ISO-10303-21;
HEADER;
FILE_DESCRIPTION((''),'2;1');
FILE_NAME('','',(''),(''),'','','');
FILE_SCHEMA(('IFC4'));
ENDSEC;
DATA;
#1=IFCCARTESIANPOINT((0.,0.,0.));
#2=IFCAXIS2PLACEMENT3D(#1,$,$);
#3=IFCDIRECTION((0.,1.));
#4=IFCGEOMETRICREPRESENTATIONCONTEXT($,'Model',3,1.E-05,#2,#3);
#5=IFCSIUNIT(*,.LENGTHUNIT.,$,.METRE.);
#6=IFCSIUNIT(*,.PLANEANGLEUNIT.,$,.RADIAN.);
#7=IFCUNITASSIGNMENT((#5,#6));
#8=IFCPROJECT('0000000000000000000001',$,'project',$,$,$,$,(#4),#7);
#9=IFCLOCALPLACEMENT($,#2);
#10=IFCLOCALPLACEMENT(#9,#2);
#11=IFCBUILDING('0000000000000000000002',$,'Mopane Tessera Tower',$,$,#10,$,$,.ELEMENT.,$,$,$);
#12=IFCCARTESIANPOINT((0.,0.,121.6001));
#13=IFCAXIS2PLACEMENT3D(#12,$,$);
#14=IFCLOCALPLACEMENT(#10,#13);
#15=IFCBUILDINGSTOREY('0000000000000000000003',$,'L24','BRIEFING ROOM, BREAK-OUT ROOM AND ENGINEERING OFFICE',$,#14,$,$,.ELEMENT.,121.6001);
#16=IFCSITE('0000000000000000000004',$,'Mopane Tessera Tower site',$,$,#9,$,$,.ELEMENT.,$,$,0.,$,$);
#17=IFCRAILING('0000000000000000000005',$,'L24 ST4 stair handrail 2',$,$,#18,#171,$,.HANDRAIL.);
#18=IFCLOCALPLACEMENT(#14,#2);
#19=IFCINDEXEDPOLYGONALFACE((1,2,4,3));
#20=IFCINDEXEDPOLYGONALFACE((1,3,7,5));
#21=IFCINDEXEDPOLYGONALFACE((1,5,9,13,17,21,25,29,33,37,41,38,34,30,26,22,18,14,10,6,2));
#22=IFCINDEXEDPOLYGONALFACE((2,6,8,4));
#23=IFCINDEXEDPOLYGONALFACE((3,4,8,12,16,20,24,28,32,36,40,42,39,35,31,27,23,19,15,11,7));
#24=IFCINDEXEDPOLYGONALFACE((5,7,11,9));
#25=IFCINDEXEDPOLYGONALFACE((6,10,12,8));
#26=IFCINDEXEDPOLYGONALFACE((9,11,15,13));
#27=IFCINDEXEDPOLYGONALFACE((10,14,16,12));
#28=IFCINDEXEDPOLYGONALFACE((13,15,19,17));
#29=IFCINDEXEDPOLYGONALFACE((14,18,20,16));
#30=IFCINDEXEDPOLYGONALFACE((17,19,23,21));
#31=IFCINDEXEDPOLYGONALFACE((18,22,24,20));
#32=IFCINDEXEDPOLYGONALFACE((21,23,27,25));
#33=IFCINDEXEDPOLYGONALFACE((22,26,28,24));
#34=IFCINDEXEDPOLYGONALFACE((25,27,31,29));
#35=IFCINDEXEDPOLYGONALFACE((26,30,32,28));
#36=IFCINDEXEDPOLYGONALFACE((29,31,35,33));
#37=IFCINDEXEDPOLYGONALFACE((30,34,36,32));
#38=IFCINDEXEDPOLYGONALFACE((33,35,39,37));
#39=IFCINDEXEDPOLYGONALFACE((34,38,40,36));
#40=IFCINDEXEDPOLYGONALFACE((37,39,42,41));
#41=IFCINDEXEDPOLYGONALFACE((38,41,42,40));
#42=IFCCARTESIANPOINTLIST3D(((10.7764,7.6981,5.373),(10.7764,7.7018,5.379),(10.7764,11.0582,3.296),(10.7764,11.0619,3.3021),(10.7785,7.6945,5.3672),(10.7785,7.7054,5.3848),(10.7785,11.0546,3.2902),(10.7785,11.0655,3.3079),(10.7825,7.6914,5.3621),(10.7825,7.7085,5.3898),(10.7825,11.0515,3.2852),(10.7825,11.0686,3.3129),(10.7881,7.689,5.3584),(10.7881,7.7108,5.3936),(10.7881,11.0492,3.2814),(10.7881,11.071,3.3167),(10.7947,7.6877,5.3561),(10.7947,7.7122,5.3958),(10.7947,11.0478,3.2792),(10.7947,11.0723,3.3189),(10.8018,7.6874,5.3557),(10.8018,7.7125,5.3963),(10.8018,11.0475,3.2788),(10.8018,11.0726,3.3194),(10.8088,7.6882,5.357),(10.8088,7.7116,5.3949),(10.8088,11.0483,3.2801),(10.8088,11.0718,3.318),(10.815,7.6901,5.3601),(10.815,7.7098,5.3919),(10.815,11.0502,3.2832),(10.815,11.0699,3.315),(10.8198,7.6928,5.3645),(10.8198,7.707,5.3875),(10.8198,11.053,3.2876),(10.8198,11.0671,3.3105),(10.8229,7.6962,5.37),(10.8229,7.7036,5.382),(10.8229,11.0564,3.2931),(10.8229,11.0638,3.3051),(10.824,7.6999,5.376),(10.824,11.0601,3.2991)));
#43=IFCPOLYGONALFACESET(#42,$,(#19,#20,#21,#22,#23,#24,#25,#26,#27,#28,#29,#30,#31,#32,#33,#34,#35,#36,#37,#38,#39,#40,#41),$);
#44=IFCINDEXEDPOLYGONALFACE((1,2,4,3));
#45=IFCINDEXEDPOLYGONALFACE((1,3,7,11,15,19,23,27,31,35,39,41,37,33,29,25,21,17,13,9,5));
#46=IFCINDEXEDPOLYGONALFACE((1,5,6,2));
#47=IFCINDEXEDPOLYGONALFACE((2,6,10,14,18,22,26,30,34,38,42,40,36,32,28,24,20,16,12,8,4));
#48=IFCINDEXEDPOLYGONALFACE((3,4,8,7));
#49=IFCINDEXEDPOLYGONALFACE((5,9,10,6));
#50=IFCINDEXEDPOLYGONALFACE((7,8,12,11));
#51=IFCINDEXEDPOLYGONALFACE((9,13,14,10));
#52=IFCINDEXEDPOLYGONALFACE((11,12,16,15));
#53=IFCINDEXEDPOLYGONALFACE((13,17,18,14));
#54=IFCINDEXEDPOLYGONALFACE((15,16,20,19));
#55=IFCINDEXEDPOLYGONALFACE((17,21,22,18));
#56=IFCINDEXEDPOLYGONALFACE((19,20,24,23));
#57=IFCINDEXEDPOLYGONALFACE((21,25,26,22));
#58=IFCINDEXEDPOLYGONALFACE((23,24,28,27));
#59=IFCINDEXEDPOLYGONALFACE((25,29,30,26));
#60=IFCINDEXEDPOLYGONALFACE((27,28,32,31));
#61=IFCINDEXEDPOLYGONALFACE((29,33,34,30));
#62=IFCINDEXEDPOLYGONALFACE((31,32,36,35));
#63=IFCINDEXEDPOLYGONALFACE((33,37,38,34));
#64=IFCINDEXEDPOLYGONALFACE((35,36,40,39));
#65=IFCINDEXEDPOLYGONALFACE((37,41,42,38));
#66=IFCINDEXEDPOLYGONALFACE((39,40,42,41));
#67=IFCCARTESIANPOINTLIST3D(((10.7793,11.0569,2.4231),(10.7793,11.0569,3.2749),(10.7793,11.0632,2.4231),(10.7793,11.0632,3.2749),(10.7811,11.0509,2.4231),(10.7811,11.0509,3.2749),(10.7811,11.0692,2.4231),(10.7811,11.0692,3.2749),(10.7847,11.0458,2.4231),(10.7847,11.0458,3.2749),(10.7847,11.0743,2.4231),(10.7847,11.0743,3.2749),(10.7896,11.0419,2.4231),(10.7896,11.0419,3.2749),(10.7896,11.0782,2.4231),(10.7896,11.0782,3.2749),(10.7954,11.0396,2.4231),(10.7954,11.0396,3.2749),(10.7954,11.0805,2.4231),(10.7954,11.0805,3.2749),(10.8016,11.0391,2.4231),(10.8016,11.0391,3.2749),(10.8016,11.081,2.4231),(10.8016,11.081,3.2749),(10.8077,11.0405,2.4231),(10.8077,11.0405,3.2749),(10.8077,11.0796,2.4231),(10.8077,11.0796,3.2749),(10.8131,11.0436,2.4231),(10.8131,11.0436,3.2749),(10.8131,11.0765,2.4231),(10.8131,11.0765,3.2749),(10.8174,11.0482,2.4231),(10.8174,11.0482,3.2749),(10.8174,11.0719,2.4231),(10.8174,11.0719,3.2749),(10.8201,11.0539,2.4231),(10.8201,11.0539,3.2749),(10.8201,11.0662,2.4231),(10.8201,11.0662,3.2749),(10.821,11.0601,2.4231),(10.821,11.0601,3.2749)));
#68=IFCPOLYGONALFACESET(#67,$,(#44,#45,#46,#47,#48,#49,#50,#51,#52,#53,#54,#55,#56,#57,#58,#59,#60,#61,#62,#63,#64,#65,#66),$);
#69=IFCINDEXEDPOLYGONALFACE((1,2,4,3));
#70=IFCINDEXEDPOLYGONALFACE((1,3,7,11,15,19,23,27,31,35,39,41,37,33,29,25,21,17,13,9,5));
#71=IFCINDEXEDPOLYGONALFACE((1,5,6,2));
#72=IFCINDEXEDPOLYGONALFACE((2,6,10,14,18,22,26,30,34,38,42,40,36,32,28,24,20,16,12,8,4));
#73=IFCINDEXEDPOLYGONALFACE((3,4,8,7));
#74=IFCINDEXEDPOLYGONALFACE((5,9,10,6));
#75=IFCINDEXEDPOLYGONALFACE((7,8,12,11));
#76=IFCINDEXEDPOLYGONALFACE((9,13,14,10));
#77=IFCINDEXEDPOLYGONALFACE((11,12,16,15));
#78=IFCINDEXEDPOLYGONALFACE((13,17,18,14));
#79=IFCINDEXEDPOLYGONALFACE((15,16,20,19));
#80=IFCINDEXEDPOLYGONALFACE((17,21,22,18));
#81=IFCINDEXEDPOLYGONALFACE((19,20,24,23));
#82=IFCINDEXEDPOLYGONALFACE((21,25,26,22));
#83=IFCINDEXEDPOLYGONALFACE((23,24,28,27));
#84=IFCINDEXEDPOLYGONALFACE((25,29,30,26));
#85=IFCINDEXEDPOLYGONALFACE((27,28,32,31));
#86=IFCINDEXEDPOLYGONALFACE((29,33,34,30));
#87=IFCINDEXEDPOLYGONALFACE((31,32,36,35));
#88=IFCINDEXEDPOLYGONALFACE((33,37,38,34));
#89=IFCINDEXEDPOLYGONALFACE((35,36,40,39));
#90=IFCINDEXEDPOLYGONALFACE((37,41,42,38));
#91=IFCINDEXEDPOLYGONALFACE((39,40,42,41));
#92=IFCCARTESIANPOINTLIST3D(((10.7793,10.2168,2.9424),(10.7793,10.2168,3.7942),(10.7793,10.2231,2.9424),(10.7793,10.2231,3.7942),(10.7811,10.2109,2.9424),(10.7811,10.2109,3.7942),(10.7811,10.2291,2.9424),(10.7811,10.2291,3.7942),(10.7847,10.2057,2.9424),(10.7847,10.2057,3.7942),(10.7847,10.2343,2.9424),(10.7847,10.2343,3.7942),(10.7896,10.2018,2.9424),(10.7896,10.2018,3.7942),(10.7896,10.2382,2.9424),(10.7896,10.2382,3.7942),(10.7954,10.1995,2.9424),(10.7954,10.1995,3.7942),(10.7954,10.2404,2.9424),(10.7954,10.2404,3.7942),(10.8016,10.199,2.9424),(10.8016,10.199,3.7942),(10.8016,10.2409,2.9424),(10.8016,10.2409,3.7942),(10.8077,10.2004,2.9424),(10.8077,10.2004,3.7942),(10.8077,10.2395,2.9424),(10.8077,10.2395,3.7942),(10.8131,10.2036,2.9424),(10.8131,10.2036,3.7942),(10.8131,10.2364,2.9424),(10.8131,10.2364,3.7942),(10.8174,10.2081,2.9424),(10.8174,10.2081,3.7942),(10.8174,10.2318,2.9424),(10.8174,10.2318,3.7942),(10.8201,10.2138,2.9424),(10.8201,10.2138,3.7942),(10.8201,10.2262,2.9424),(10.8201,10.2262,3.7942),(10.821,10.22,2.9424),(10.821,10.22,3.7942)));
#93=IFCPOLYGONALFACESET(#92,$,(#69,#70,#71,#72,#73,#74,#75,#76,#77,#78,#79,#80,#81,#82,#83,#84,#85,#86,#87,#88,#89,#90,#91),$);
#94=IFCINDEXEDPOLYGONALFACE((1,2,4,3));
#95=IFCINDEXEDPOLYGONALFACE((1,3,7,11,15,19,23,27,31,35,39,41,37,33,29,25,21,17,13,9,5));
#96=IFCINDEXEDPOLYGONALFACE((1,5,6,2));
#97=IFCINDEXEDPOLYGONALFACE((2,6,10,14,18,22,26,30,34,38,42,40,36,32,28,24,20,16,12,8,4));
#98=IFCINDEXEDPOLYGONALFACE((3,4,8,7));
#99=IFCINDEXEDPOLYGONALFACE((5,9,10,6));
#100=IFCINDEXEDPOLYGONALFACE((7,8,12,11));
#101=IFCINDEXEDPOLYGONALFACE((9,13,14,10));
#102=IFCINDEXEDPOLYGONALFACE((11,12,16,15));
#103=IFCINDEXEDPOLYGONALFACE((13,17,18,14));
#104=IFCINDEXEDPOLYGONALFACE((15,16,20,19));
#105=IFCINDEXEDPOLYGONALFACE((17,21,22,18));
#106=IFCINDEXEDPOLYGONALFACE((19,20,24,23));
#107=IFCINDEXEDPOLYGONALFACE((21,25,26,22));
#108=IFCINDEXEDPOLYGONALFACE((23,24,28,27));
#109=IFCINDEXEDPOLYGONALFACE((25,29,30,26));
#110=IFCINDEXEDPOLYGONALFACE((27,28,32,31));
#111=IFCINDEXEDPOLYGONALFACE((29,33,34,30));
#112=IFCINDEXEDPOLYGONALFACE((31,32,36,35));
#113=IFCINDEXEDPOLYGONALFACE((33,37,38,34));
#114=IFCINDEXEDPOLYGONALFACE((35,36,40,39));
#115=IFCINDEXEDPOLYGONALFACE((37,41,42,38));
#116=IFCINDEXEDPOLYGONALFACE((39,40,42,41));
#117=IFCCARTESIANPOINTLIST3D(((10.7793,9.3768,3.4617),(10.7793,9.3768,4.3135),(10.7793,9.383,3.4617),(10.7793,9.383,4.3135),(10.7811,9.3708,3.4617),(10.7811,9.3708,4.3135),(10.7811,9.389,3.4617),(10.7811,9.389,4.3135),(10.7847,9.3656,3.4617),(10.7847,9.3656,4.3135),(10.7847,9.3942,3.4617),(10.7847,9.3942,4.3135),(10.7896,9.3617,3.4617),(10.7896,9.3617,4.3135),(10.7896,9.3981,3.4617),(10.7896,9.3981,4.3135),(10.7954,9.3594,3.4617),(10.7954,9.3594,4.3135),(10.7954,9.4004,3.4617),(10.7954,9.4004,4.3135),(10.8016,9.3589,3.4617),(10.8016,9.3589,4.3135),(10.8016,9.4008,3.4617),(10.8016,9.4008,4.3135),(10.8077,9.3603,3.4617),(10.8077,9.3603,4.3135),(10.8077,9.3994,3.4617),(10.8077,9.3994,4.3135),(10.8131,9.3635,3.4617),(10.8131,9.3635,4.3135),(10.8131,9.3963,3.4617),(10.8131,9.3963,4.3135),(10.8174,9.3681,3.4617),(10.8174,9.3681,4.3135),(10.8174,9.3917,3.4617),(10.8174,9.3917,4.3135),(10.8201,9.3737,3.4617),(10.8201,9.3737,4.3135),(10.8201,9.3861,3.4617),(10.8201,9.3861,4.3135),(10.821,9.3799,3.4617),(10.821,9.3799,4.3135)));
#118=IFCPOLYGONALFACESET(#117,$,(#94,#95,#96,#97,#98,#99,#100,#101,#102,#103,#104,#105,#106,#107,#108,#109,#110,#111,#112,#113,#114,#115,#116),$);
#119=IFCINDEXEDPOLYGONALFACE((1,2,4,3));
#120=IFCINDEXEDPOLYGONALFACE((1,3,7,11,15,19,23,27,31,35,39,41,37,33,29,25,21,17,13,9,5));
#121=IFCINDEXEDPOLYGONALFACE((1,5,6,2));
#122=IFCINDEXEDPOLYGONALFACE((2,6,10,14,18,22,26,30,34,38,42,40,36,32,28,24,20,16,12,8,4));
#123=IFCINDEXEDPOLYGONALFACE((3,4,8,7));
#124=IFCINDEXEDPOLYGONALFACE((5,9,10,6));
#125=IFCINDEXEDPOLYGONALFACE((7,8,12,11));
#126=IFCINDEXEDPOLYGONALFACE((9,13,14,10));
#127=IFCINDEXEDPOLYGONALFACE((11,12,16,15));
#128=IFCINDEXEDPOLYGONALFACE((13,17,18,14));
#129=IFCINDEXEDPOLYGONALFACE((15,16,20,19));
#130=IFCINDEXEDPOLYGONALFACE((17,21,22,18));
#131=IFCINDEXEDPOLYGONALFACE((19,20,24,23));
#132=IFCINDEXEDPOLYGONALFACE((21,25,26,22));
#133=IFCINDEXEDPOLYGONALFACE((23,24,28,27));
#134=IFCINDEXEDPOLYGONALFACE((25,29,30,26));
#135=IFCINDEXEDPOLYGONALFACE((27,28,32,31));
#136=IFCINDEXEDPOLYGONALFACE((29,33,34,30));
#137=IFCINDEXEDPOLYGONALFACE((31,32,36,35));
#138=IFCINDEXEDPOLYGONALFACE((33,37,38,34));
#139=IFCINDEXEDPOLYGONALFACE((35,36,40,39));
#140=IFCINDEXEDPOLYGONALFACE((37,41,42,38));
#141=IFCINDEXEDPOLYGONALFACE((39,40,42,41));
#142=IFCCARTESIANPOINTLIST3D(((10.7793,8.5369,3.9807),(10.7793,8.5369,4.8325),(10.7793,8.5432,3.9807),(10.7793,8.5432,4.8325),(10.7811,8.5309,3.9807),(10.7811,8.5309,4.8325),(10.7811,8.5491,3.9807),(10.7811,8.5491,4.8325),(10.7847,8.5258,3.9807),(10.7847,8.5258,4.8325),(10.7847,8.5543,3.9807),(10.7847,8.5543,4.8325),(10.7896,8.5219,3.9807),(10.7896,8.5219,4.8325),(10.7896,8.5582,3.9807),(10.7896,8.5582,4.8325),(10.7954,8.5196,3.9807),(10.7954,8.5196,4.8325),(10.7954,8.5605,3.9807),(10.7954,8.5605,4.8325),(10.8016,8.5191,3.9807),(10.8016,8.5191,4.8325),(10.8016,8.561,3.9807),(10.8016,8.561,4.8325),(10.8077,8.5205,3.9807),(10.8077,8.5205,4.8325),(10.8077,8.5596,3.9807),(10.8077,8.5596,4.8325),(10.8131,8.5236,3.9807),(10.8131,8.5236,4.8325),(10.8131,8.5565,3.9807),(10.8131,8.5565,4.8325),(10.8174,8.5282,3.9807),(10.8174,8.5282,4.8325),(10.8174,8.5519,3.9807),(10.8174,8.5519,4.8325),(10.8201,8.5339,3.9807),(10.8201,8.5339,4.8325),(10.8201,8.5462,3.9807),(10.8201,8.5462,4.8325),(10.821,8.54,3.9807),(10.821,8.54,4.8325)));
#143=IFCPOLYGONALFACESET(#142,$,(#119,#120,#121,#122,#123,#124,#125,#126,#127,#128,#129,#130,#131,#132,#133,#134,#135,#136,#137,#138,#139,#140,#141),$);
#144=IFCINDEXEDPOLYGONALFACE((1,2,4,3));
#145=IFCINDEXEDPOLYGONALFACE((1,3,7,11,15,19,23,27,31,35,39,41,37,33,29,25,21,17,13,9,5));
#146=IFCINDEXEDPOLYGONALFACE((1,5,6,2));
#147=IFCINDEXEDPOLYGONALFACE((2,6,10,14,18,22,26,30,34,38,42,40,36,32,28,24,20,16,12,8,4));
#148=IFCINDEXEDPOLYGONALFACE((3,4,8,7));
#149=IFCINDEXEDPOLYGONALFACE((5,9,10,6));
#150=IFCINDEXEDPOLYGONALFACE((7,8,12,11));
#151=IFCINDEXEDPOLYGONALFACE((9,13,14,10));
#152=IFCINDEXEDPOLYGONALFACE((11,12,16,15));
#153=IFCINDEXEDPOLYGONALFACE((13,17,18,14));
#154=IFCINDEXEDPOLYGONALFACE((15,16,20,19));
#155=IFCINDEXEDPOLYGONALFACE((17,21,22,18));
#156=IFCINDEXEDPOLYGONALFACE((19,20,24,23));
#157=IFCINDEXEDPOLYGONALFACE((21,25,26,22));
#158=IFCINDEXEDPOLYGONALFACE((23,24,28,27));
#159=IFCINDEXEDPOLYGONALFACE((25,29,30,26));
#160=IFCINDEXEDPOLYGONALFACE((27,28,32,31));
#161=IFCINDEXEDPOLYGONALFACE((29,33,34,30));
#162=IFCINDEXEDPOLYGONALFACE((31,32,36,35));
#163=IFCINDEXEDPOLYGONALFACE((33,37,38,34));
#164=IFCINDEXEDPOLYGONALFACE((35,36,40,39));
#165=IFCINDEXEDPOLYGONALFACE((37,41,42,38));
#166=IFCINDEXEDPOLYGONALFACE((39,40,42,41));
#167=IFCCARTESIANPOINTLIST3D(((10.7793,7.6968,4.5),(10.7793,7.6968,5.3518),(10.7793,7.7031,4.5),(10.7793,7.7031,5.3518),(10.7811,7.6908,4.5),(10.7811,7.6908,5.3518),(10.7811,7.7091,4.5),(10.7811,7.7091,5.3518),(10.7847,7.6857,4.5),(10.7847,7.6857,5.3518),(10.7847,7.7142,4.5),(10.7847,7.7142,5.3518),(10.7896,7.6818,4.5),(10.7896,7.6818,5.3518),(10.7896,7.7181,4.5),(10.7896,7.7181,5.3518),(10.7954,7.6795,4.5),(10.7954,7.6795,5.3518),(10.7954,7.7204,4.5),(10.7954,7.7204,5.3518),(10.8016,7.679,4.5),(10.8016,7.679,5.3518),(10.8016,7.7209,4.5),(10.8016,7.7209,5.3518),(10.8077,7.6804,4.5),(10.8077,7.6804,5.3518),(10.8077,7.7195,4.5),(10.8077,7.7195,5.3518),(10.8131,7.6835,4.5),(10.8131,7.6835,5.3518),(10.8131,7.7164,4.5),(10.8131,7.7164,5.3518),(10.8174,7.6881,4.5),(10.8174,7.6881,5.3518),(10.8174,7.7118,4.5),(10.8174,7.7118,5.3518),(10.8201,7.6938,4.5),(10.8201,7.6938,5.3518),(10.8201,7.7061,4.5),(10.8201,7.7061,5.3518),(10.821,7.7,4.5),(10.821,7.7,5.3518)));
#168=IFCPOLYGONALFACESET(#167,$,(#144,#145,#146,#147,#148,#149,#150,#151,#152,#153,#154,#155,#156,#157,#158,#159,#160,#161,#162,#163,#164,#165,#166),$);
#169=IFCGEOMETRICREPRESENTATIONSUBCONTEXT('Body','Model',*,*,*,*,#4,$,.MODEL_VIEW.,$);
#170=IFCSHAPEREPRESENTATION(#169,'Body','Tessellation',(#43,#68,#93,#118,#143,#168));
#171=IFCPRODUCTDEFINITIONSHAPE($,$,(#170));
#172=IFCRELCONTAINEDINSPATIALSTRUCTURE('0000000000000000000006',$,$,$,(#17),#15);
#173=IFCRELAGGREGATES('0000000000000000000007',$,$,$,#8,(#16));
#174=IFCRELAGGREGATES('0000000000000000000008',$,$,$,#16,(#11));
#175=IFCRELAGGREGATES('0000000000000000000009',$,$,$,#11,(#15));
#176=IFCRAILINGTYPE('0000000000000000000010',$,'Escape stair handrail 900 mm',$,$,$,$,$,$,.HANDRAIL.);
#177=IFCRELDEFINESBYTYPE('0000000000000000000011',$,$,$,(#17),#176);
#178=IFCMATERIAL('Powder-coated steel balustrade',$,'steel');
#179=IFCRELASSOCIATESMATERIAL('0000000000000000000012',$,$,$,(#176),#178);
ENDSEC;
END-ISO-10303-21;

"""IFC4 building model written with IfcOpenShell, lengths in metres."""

from ifc_helpers import new_model, si_unit, direction, frame, origin, origin_2d, place, context, subcontext, project, spatial, circle, extrude, material, type_object, element, save


model = new_model("IFC4")

# Units and contexts
model_context = context("Model", 3, precision=1e-05, world=origin(), true_north=direction((0.0, 1.0)))
body_context = subcontext(model_context, "Body", "Model", "MODEL_VIEW")
ifc_project = project(units=[si_unit("LENGTHUNIT", "METRE"), si_unit("PLANEANGLEUNIT", "RADIAN")], contexts=[model_context])

# Site, building, storey
site_placement = place(None, origin())
site = spatial("IfcSite", under=ifc_project, at=site_placement, Name="Mopane Tessera Tower site", CompositionType="ELEMENT", RefElevation=0.0)
building_placement = place(site_placement, origin())
building = spatial("IfcBuilding", under=site, at=building_placement, Name="Mopane Tessera Tower", CompositionType="ELEMENT")
storey_placement = place(building_placement, frame((0.0, 0.0, 121.6001)))
storey = spatial("IfcBuildingStorey", under=building, at=storey_placement, Name="L24", Description="BRIEFING ROOM, BREAK-OUT ROOM AND ENGINEERING OFFICE", CompositionType="ELEMENT", Elevation=121.6001)

# Railing
ifc_material_1 = material(Name="Powder-coated steel balustrade", Category="steel")
railing_type_1 = type_object("IfcRailingType", Name="Escape stair handrail 900 mm", PredefinedType="HANDRAIL", material=ifc_material_1)
railing_1_placement = place(storey_placement, frame((10.8, 11.0601, 2.4231)))
element("IfcRailing", 1, at=railing_1_placement, inside=storey, type_object=railing_type_1, Name="L24 ST4 stair handrail 2", PredefinedType="HANDRAIL", context=body_context, shape_type="SweptSolid", body=[
    extrude(circle(Radius=0.0239, at=origin_2d()), frame((0.0, 0.0, 0.876), z_axis=(0.0, -0.850623, 0.525776), x_axis=(1.0, 0.0, 0.0)), (0.0, 0.0, 1.0), 3.9502),
    extrude(circle(Radius=0.021, at=origin_2d()), origin(), (0.0, 0.0, 1.0), 0.8518),
    extrude(circle(Radius=0.021, at=origin_2d()), frame((0.0, -0.8401, 0.5193)), (0.0, 0.0, 1.0), 0.8518),
    extrude(circle(Radius=0.021, at=origin_2d()), frame((0.0, -1.6802, 1.0386)), (0.0, 0.0, 1.0), 0.8518),
    extrude(circle(Radius=0.021, at=origin_2d()), frame((0.0, -2.52, 1.5576)), (0.0, 0.0, 1.0), 0.8518),
    extrude(circle(Radius=0.021, at=origin_2d()), frame((0.0, -3.3601, 2.0769)), (0.0, 0.0, 1.0), 0.8518),
])

save(model, "model.ifc")
